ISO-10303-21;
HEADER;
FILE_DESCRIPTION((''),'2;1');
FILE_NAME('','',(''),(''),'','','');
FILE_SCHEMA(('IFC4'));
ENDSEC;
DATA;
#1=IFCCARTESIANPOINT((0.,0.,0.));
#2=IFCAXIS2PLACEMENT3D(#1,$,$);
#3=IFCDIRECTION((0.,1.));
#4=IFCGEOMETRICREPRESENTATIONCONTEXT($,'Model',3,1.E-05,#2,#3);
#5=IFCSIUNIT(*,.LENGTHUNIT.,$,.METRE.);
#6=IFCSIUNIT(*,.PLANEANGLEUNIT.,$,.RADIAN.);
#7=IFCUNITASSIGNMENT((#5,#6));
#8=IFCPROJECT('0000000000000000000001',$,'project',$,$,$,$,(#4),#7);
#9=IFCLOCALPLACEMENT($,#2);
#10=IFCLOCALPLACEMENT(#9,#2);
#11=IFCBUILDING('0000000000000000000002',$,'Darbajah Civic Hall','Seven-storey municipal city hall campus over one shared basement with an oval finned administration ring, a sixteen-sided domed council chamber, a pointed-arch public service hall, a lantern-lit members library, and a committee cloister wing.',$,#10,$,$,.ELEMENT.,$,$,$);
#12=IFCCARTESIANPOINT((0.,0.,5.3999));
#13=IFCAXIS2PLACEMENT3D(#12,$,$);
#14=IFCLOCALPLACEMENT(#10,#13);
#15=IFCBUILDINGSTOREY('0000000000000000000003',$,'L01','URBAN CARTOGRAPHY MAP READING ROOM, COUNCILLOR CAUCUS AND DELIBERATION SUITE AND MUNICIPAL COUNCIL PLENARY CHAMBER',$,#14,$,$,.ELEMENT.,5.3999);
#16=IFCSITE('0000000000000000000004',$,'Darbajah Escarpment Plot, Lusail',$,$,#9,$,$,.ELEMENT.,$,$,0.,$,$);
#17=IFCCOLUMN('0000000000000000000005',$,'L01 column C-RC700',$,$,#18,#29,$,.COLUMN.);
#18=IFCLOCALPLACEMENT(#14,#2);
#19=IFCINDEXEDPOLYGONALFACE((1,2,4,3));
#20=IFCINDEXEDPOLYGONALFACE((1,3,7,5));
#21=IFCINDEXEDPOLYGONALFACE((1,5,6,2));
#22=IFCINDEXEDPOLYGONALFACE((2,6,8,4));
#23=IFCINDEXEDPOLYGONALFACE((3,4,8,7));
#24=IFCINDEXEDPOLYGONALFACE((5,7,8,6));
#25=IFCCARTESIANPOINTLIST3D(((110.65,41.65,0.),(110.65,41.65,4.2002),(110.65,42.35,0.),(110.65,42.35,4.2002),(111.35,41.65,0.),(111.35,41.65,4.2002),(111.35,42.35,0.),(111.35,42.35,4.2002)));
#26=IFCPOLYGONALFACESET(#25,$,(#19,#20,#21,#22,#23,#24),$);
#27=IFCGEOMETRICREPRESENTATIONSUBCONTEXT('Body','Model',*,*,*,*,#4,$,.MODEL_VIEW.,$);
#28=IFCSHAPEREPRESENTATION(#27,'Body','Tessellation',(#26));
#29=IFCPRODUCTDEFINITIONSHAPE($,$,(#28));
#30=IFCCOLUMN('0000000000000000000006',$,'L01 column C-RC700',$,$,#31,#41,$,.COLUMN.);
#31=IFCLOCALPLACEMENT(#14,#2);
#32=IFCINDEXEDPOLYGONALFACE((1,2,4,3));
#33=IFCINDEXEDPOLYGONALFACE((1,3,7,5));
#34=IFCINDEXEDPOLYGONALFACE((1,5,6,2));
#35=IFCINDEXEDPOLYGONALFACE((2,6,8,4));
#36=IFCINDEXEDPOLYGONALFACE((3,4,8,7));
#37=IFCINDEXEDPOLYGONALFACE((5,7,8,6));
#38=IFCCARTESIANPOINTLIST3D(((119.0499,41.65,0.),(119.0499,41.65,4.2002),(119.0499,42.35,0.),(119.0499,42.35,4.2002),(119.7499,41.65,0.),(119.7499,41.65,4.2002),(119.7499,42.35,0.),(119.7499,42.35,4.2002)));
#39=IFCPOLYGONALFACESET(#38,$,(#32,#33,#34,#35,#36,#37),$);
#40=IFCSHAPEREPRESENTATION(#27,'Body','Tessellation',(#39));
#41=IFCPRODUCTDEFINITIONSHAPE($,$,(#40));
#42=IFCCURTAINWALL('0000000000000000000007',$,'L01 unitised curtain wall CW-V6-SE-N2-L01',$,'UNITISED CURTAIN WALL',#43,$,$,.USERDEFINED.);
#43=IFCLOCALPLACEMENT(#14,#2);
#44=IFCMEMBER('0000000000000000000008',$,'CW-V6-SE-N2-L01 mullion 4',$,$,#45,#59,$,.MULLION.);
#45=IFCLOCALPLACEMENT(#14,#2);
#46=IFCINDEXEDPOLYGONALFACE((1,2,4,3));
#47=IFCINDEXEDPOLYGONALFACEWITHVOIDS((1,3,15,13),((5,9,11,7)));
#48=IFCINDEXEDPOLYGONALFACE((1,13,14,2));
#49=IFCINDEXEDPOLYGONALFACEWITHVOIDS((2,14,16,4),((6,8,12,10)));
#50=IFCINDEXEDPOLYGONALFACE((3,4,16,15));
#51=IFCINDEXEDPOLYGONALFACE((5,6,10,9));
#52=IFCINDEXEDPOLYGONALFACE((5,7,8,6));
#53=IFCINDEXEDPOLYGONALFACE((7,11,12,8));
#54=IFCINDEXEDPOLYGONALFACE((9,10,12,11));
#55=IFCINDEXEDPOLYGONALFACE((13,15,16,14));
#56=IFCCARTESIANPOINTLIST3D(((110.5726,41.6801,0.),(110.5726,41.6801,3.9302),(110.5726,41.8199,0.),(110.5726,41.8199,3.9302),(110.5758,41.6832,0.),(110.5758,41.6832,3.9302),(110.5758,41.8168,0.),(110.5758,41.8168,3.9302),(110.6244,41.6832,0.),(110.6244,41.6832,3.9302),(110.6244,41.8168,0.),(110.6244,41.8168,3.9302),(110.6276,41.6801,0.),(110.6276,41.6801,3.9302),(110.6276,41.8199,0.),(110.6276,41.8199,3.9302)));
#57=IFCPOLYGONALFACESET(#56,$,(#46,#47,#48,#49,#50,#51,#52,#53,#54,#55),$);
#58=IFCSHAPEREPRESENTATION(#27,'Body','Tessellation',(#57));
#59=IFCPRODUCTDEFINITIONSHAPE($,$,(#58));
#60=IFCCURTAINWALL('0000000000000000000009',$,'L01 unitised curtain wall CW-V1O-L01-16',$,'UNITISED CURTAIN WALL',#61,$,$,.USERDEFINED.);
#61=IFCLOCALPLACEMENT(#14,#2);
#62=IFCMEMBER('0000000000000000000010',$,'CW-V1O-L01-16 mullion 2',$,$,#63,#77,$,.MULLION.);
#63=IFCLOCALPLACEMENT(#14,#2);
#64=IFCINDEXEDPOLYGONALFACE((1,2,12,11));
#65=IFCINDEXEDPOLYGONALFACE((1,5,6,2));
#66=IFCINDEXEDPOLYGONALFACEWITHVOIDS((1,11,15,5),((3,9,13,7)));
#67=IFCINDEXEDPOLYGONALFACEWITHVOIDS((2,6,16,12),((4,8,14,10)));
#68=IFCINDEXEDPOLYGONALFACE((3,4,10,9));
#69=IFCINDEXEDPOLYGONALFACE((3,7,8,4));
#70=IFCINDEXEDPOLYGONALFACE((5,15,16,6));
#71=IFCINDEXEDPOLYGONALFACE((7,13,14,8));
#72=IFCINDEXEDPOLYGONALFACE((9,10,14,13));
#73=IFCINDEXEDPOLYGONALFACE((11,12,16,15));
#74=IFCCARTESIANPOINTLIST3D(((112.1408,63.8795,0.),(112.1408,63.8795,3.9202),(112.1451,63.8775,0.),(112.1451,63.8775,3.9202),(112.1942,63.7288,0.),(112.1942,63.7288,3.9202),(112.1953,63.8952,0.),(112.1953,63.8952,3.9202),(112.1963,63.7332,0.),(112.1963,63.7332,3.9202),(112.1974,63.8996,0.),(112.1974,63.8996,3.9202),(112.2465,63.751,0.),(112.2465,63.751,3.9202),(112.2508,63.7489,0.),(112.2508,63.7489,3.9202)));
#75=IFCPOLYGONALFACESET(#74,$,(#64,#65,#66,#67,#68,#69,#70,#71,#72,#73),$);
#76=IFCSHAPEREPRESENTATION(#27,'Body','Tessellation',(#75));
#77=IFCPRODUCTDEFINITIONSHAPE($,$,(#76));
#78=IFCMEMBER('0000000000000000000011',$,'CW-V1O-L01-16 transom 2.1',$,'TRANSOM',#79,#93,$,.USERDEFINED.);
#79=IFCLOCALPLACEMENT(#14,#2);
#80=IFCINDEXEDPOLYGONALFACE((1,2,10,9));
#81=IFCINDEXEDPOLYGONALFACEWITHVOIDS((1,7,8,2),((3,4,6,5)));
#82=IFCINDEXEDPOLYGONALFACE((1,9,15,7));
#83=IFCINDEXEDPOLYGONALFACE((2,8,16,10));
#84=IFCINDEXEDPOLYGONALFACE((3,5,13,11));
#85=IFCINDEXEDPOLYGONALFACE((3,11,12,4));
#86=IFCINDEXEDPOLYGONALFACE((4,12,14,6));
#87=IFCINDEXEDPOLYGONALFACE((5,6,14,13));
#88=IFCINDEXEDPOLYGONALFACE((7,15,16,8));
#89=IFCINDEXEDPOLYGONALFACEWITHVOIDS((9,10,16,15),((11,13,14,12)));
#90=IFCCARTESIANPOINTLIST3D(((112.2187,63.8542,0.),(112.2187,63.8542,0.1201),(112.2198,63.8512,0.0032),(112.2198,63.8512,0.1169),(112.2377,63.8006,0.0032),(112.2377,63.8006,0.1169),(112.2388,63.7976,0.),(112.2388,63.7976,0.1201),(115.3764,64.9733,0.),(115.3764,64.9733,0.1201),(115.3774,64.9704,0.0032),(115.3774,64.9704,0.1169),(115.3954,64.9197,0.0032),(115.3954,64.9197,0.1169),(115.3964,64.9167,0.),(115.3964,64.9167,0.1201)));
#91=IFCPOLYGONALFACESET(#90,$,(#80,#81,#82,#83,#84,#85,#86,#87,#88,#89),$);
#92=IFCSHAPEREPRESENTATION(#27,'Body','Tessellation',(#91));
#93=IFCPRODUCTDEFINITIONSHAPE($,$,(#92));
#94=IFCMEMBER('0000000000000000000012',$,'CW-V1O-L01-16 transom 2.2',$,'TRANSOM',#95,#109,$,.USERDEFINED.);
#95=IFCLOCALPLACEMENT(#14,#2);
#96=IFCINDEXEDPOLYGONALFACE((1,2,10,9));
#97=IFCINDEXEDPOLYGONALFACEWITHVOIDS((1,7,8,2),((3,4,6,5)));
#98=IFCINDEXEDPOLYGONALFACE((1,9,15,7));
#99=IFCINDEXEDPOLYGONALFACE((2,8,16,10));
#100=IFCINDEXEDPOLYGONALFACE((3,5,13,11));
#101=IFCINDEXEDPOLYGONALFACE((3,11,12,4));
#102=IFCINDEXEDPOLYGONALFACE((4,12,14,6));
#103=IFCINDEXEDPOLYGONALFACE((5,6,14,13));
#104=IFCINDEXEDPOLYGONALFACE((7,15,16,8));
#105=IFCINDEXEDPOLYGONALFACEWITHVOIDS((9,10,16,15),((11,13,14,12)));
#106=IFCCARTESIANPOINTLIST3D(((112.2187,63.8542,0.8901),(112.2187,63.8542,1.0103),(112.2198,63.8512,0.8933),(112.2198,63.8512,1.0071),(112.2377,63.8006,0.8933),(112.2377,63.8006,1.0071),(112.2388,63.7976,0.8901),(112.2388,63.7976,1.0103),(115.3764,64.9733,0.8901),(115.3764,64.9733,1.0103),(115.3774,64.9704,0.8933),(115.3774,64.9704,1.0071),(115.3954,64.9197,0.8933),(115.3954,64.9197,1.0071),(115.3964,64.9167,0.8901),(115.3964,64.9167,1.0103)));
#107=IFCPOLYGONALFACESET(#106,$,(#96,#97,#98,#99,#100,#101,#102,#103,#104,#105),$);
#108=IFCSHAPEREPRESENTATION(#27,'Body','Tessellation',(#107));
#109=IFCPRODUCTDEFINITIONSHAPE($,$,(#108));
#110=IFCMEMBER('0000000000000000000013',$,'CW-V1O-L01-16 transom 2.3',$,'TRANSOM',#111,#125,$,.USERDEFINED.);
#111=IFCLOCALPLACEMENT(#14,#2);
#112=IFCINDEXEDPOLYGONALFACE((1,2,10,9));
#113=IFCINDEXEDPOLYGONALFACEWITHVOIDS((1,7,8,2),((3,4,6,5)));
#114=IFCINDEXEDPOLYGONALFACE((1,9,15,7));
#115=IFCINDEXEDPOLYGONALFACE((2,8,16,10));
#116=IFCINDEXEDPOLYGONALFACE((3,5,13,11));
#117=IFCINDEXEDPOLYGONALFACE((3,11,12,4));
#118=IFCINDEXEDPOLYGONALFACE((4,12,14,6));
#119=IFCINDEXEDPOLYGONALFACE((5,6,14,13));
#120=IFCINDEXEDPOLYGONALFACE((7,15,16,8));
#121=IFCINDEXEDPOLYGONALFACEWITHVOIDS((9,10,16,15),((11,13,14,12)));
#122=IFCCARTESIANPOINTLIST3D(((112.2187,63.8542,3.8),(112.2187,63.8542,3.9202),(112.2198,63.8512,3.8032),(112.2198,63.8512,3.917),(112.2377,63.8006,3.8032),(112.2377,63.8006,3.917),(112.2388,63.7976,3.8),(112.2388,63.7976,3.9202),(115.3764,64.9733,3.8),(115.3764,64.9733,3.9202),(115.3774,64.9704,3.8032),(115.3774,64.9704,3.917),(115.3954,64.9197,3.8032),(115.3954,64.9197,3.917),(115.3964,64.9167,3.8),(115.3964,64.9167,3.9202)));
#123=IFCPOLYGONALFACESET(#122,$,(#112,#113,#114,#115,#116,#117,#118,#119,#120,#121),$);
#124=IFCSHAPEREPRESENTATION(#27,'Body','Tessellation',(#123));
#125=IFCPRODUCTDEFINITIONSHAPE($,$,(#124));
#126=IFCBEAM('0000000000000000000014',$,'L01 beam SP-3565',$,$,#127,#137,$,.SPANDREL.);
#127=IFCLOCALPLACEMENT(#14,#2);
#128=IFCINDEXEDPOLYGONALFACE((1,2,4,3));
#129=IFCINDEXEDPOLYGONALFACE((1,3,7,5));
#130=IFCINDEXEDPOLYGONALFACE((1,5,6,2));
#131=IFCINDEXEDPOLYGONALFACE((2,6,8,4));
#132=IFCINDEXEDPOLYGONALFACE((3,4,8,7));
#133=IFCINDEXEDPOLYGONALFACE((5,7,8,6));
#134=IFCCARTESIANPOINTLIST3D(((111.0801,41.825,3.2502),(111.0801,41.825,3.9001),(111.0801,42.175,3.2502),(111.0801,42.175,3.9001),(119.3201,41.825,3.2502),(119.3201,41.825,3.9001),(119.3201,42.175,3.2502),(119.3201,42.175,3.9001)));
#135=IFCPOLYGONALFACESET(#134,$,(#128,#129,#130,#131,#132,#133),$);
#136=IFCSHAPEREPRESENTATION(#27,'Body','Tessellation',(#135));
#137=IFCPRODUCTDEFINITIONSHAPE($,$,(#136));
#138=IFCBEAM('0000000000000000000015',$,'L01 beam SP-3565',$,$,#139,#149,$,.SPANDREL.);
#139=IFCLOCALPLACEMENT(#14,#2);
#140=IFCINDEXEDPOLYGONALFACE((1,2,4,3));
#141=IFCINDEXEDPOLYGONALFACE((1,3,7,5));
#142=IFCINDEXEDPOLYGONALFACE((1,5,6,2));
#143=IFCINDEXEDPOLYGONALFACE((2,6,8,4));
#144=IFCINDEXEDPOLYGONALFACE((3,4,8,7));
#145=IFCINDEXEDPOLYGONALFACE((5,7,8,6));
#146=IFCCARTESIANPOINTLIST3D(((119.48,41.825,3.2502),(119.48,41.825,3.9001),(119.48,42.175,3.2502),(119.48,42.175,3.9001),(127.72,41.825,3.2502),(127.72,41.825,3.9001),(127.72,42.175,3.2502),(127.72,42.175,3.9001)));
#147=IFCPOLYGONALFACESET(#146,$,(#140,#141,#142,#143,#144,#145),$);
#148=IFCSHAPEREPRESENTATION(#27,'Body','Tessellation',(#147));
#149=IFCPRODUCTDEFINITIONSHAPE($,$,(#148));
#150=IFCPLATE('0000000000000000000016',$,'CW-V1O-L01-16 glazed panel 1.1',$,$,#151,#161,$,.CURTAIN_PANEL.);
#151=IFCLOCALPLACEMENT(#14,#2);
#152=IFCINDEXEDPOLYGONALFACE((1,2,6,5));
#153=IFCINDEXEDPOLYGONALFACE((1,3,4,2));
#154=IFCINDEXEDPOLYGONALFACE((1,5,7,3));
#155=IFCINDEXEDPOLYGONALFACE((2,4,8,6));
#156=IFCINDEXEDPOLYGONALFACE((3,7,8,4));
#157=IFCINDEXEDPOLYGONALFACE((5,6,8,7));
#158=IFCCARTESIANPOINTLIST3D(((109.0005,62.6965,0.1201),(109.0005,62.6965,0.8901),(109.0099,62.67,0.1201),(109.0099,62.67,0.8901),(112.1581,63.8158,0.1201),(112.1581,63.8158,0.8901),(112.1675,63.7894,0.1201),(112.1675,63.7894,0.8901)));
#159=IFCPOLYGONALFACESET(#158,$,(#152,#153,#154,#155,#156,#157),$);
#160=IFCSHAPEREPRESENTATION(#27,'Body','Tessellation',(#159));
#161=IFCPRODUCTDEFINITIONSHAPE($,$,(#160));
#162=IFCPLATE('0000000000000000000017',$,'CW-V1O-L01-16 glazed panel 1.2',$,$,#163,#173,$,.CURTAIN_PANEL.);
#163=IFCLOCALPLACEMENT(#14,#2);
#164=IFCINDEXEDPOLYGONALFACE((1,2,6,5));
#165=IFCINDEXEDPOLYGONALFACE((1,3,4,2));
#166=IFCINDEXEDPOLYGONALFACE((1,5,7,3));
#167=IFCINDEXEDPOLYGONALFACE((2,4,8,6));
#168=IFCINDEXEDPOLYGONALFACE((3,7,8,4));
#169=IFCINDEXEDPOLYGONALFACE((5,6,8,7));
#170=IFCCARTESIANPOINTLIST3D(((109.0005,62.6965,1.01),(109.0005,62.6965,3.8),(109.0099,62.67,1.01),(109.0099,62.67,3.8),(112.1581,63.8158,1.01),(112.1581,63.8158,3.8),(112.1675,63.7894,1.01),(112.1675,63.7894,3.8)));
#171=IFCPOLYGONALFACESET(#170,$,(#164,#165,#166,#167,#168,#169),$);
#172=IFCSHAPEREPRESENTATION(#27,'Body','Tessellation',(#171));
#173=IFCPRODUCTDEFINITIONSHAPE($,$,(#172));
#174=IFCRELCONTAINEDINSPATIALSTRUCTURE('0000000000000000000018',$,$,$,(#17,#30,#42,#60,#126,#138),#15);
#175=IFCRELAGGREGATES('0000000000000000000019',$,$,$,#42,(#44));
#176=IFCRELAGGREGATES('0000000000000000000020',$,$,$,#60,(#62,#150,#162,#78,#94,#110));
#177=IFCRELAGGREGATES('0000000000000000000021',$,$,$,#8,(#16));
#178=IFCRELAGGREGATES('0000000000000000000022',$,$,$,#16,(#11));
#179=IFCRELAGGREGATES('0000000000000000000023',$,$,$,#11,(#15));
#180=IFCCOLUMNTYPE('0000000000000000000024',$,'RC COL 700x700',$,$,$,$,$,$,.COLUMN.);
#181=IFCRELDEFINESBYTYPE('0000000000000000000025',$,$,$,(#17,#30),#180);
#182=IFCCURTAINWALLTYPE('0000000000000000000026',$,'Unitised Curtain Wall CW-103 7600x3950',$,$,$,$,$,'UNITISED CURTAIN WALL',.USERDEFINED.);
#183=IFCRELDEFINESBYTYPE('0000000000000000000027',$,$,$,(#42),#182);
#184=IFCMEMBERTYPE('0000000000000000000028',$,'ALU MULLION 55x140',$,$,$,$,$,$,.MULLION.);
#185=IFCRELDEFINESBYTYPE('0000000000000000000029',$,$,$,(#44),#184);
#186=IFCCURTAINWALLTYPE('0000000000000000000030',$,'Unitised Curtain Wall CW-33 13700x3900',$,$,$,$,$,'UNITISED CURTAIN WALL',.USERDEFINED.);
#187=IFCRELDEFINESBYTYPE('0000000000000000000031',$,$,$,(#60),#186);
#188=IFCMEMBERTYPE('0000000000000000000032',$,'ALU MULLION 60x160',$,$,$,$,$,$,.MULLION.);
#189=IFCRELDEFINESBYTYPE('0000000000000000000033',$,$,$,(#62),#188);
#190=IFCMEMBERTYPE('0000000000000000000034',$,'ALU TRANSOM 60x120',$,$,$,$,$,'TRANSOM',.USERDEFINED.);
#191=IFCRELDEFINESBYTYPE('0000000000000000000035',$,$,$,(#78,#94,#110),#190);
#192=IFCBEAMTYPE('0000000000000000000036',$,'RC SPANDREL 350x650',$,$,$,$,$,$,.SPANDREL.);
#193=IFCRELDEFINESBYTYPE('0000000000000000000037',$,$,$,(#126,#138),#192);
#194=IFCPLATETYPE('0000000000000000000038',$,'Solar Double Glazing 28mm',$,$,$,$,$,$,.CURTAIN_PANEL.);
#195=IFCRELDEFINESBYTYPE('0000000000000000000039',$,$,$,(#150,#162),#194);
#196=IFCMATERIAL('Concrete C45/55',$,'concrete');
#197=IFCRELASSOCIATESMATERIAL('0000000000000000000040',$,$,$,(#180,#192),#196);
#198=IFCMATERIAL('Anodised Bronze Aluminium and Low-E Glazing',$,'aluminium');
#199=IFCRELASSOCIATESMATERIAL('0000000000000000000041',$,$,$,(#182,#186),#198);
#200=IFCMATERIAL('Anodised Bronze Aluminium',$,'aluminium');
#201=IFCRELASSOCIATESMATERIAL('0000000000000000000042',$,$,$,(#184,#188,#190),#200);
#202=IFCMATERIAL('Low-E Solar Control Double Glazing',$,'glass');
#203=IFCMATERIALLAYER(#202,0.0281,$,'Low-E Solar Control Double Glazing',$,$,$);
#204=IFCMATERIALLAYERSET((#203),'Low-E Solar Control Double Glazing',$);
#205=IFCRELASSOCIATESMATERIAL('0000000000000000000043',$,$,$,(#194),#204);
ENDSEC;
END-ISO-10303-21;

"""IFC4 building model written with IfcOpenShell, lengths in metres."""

from ifc_helpers import new_model, si_unit, direction, frame, origin, origin_2d, place, context, subcontext, project, spatial, rectangle, hollow_rectangle, extrude, material, layer, layer_set, material_profile, profile_set, type_object, element, aggregate, save


model = new_model("IFC4")

# Units and contexts
model_context = context("Model", 3, precision=1e-05, world=origin(), true_north=direction((0.0, 1.0)))
body_context = subcontext(model_context, "Body", "Model", "MODEL_VIEW")
ifc_project = project(units=[si_unit("LENGTHUNIT", "METRE"), si_unit("PLANEANGLEUNIT", "RADIAN")], contexts=[model_context])

# Site, building, storey
site_placement = place(None, origin())
site = spatial("IfcSite", under=ifc_project, at=site_placement, Name="Darbajah Escarpment Plot, Lusail", CompositionType="ELEMENT", RefElevation=0.0)
building_placement = place(site_placement, origin())
building = spatial("IfcBuilding", under=site, at=building_placement, Name="Darbajah Civic Hall", Description="Seven-storey municipal city hall campus over one shared basement with an oval finned administration ring, a sixteen-sided domed council chamber, a pointed-arch public service hall, a lantern-lit members library, and a committee cloister wing.", CompositionType="ELEMENT")
storey_placement = place(building_placement, frame((0.0, 0.0, 5.3999)))
storey = spatial("IfcBuildingStorey", under=building, at=storey_placement, Name="L01", Description="URBAN CARTOGRAPHY MAP READING ROOM, COUNCILLOR CAUCUS AND DELIBERATION SUITE AND MUNICIPAL COUNCIL PLENARY CHAMBER", CompositionType="ELEMENT", Elevation=5.3999)

# Columns
ifc_material_1 = material(Name="Concrete C45/55", Category="concrete")
ifc_material_profile_1 = material_profile(ifc_material_1, rectangle(XDim=0.7, YDim=0.7, at=origin_2d()), Name="RC COL 700x700")
ifc_profile_set_1 = profile_set([ifc_material_profile_1], Name="Concrete C45/55")
column_type = type_object("IfcColumnType", Name="RC COL 700x700", PredefinedType="COLUMN", material=ifc_profile_set_1)
for number, where, z_axis, x_axis, name in (
    (1, (111.0, 42.0, 0.0), (0.0, 0.0, 1.0), (1.0, 0.0, 0.0), "L01 column C-RC700"),
    (2, (119.3999, 42.0, 0.0), (0.0, 0.0, 1.0), (1.0, 0.0, 0.0), "L01 column C-RC700"),
):
    element("IfcColumn", number, at=place(storey_placement, frame(where, z_axis=z_axis, x_axis=x_axis)), inside=storey, type_object=column_type, Name=name, PredefinedType="COLUMN", context=body_context, shape_type="SweptSolid", body=[
        extrude(rectangle(XDim=0.7, YDim=0.7, at=origin_2d()), origin(), (0.0, 0.0, 1.0), 4.2002),
    ])

# Curtain wall, member
ifc_material_2 = material(Name="Anodised Bronze Aluminium and Low-E Glazing", Category="aluminium")
curtain_wall_type_1 = type_object("IfcCurtainWallType", Name="Unitised Curtain Wall CW-103 7600x3950", ElementType="UNITISED CURTAIN WALL", PredefinedType="USERDEFINED", material=ifc_material_2)
curtain_wall_1_placement = place(storey_placement, origin())
curtain_wall_1 = element("IfcCurtainWall", 3, at=curtain_wall_1_placement, inside=storey, type_object=curtain_wall_type_1, Name="L01 unitised curtain wall CW-V6-SE-N2-L01", ObjectType="UNITISED CURTAIN WALL", PredefinedType="USERDEFINED")
ifc_material_3 = material(Name="Anodised Bronze Aluminium", Category="aluminium")
ifc_material_profile_2 = material_profile(ifc_material_3, hollow_rectangle(XDim=0.0549, YDim=0.1399, WallThickness=0.0032, at=origin_2d()), Name="ALU MULLION 55x140")
ifc_profile_set_2 = profile_set([ifc_material_profile_2], Name="Anodised Bronze Aluminium")
member_type_1 = type_object("IfcMemberType", Name="ALU MULLION 55x140", PredefinedType="MULLION", material=ifc_profile_set_2)
member_1_placement = place(storey_placement, frame((110.6001, 41.75, 0.0), z_axis=(0.0, 0.0, 1.0), x_axis=(1.0, 0.0, 0.0)))
member_1 = element("IfcMember", 4, at=member_1_placement, type_object=member_type_1, Name="CW-V6-SE-N2-L01 mullion 4", PredefinedType="MULLION", context=body_context, shape_type="SweptSolid", body=[
    extrude(hollow_rectangle(XDim=0.0549, YDim=0.1399, WallThickness=0.0032, at=origin_2d()), origin(), (0.0, 0.0, 1.0), 3.9302),
])
aggregate(curtain_wall_1, [member_1])

# Curtain wall, members
curtain_wall_type_2 = type_object("IfcCurtainWallType", Name="Unitised Curtain Wall CW-33 13700x3900", ElementType="UNITISED CURTAIN WALL", PredefinedType="USERDEFINED", material=ifc_material_2)
curtain_wall_2_placement = place(storey_placement, origin())
curtain_wall_2 = element("IfcCurtainWall", 5, at=curtain_wall_2_placement, inside=storey, type_object=curtain_wall_type_2, Name="L01 unitised curtain wall CW-V1O-L01-16", ObjectType="UNITISED CURTAIN WALL", PredefinedType="USERDEFINED")
ifc_material_profile_3 = material_profile(ifc_material_3, hollow_rectangle(XDim=0.0601, YDim=0.1599, WallThickness=0.0034, at=origin_2d()), Name="ALU MULLION 60x160")
ifc_profile_set_3 = profile_set([ifc_material_profile_3], Name="Anodised Bronze Aluminium")
member_type_2 = type_object("IfcMemberType", Name="ALU MULLION 60x160", PredefinedType="MULLION", material=ifc_profile_set_3)
member_2_placement = place(storey_placement, frame((112.1958, 63.8142, 0.0), z_axis=(0.0, 0.0, 1.0), x_axis=(0.942525, 0.334136, 0.0)))
member_2 = element("IfcMember", 6, at=member_2_placement, type_object=member_type_2, Name="CW-V1O-L01-16 mullion 2", PredefinedType="MULLION", context=body_context, shape_type="SweptSolid", body=[
    extrude(hollow_rectangle(XDim=0.0601, YDim=0.1599, WallThickness=0.0034, at=origin_2d()), origin(), (0.0, 0.0, 1.0), 3.9202),
])
ifc_material_profile_4 = material_profile(ifc_material_3, hollow_rectangle(XDim=0.0601, YDim=0.1201, WallThickness=0.0032, at=origin_2d()), Name="ALU TRANSOM 60x120")
ifc_profile_set_4 = profile_set([ifc_material_profile_4], Name="Anodised Bronze Aluminium")
member_type_3 = type_object("IfcMemberType", Name="ALU TRANSOM 60x120", ElementType="TRANSOM", PredefinedType="USERDEFINED", material=ifc_profile_set_4)
member_3_placement = place(storey_placement, frame((112.2288, 63.8259, 0.0601), z_axis=(0.942554, 0.334055, 0.0), x_axis=(-0.334055, 0.942554, 0.0)))
member_3 = element("IfcMember", 7, at=member_3_placement, type_object=member_type_3, Name="CW-V1O-L01-16 transom 2.1", ObjectType="TRANSOM", PredefinedType="USERDEFINED", context=body_context, shape_type="SweptSolid", body=[
    extrude(hollow_rectangle(XDim=0.0601, YDim=0.1201, WallThickness=0.0032, at=origin_2d()), origin(), (0.0, 0.0, 1.0), 3.3501),
])
member_4_placement = place(storey_placement, frame((112.2288, 63.8259, 0.9502), z_axis=(0.942554, 0.334055, 0.0), x_axis=(-0.334055, 0.942554, 0.0)))
member_4 = element("IfcMember", 8, at=member_4_placement, type_object=member_type_3, Name="CW-V1O-L01-16 transom 2.2", ObjectType="TRANSOM", PredefinedType="USERDEFINED", context=body_context, shape_type="SweptSolid", body=[
    extrude(hollow_rectangle(XDim=0.0601, YDim=0.1201, WallThickness=0.0032, at=origin_2d()), origin(), (0.0, 0.0, 1.0), 3.3501),
])
member_5_placement = place(storey_placement, frame((112.2288, 63.8259, 3.8601), z_axis=(0.942554, 0.334055, 0.0), x_axis=(-0.334055, 0.942554, 0.0)))
member_5 = element("IfcMember", 9, at=member_5_placement, type_object=member_type_3, Name="CW-V1O-L01-16 transom 2.3", ObjectType="TRANSOM", PredefinedType="USERDEFINED", context=body_context, shape_type="SweptSolid", body=[
    extrude(hollow_rectangle(XDim=0.0601, YDim=0.1201, WallThickness=0.0032, at=origin_2d()), origin(), (0.0, 0.0, 1.0), 3.3501),
])

# Beams
ifc_material_profile_5 = material_profile(ifc_material_1, rectangle(XDim=0.3501, YDim=0.6499, at=origin_2d()), Name="RC SPANDREL 350x650")
ifc_profile_set_5 = profile_set([ifc_material_profile_5], Name="Concrete C45/55")
beam_type = type_object("IfcBeamType", Name="RC SPANDREL 350x650", PredefinedType="SPANDREL", material=ifc_profile_set_5)
for number, where, z_axis, x_axis, name in (
    (10, (111.0801, 42.0, 3.5752), (1.0, 0.0, 0.0), (0.0, 1.0, 0.0), "L01 beam SP-3565"),
    (11, (119.48, 42.0, 3.5752), (1.0, 0.0, 0.0), (0.0, 1.0, 0.0), "L01 beam SP-3565"),
):
    element("IfcBeam", number, at=place(storey_placement, frame(where, z_axis=z_axis, x_axis=x_axis)), inside=storey, type_object=beam_type, Name=name, PredefinedType="SPANDREL", context=body_context, shape_type="SweptSolid", body=[
        extrude(rectangle(XDim=0.3501, YDim=0.6499, at=origin_2d()), origin(), (0.0, 0.0, 1.0), 8.24),
    ])

# Plates
ifc_material_4 = material(Name="Low-E Solar Control Double Glazing", Category="glass")
ifc_layer_1 = layer(ifc_material_4, 0.0281, Name="Low-E Solar Control Double Glazing")
ifc_layer_set_1 = layer_set([ifc_layer_1], Name="Low-E Solar Control Double Glazing")
plate_type = type_object("IfcPlateType", Name="Solar Double Glazing 28mm", PredefinedType="CURTAIN_PANEL", material=ifc_layer_set_1)
plate_1_placement = place(storey_placement, frame((110.584, 63.2429, 0.1201), z_axis=(0.0, 0.0, 1.0), x_axis=(0.942525, 0.334136, 0.0)))
plate_1 = element("IfcPlate", 12, at=plate_1_placement, type_object=plate_type, Name="CW-V1O-L01-16 glazed panel 1.1", PredefinedType="CURTAIN_PANEL", context=body_context, shape_type="SweptSolid", body=[
    extrude(rectangle(XDim=3.3501, YDim=0.0281, at=origin_2d()), origin(), (0.0, 0.0, 1.0), 0.77),
])
plate_2_placement = place(storey_placement, frame((110.584, 63.2429, 1.01), z_axis=(0.0, 0.0, 1.0), x_axis=(0.942525, 0.334136, 0.0)))
plate_2 = element("IfcPlate", 13, at=plate_2_placement, type_object=plate_type, Name="CW-V1O-L01-16 glazed panel 1.2", PredefinedType="CURTAIN_PANEL", context=body_context, shape_type="SweptSolid", body=[
    extrude(rectangle(XDim=3.3501, YDim=0.0281, at=origin_2d()), origin(), (0.0, 0.0, 1.0), 2.79),
])
aggregate(curtain_wall_2, [member_2, plate_1, plate_2, member_3, member_4, member_5])

save(model, "model.ifc")
